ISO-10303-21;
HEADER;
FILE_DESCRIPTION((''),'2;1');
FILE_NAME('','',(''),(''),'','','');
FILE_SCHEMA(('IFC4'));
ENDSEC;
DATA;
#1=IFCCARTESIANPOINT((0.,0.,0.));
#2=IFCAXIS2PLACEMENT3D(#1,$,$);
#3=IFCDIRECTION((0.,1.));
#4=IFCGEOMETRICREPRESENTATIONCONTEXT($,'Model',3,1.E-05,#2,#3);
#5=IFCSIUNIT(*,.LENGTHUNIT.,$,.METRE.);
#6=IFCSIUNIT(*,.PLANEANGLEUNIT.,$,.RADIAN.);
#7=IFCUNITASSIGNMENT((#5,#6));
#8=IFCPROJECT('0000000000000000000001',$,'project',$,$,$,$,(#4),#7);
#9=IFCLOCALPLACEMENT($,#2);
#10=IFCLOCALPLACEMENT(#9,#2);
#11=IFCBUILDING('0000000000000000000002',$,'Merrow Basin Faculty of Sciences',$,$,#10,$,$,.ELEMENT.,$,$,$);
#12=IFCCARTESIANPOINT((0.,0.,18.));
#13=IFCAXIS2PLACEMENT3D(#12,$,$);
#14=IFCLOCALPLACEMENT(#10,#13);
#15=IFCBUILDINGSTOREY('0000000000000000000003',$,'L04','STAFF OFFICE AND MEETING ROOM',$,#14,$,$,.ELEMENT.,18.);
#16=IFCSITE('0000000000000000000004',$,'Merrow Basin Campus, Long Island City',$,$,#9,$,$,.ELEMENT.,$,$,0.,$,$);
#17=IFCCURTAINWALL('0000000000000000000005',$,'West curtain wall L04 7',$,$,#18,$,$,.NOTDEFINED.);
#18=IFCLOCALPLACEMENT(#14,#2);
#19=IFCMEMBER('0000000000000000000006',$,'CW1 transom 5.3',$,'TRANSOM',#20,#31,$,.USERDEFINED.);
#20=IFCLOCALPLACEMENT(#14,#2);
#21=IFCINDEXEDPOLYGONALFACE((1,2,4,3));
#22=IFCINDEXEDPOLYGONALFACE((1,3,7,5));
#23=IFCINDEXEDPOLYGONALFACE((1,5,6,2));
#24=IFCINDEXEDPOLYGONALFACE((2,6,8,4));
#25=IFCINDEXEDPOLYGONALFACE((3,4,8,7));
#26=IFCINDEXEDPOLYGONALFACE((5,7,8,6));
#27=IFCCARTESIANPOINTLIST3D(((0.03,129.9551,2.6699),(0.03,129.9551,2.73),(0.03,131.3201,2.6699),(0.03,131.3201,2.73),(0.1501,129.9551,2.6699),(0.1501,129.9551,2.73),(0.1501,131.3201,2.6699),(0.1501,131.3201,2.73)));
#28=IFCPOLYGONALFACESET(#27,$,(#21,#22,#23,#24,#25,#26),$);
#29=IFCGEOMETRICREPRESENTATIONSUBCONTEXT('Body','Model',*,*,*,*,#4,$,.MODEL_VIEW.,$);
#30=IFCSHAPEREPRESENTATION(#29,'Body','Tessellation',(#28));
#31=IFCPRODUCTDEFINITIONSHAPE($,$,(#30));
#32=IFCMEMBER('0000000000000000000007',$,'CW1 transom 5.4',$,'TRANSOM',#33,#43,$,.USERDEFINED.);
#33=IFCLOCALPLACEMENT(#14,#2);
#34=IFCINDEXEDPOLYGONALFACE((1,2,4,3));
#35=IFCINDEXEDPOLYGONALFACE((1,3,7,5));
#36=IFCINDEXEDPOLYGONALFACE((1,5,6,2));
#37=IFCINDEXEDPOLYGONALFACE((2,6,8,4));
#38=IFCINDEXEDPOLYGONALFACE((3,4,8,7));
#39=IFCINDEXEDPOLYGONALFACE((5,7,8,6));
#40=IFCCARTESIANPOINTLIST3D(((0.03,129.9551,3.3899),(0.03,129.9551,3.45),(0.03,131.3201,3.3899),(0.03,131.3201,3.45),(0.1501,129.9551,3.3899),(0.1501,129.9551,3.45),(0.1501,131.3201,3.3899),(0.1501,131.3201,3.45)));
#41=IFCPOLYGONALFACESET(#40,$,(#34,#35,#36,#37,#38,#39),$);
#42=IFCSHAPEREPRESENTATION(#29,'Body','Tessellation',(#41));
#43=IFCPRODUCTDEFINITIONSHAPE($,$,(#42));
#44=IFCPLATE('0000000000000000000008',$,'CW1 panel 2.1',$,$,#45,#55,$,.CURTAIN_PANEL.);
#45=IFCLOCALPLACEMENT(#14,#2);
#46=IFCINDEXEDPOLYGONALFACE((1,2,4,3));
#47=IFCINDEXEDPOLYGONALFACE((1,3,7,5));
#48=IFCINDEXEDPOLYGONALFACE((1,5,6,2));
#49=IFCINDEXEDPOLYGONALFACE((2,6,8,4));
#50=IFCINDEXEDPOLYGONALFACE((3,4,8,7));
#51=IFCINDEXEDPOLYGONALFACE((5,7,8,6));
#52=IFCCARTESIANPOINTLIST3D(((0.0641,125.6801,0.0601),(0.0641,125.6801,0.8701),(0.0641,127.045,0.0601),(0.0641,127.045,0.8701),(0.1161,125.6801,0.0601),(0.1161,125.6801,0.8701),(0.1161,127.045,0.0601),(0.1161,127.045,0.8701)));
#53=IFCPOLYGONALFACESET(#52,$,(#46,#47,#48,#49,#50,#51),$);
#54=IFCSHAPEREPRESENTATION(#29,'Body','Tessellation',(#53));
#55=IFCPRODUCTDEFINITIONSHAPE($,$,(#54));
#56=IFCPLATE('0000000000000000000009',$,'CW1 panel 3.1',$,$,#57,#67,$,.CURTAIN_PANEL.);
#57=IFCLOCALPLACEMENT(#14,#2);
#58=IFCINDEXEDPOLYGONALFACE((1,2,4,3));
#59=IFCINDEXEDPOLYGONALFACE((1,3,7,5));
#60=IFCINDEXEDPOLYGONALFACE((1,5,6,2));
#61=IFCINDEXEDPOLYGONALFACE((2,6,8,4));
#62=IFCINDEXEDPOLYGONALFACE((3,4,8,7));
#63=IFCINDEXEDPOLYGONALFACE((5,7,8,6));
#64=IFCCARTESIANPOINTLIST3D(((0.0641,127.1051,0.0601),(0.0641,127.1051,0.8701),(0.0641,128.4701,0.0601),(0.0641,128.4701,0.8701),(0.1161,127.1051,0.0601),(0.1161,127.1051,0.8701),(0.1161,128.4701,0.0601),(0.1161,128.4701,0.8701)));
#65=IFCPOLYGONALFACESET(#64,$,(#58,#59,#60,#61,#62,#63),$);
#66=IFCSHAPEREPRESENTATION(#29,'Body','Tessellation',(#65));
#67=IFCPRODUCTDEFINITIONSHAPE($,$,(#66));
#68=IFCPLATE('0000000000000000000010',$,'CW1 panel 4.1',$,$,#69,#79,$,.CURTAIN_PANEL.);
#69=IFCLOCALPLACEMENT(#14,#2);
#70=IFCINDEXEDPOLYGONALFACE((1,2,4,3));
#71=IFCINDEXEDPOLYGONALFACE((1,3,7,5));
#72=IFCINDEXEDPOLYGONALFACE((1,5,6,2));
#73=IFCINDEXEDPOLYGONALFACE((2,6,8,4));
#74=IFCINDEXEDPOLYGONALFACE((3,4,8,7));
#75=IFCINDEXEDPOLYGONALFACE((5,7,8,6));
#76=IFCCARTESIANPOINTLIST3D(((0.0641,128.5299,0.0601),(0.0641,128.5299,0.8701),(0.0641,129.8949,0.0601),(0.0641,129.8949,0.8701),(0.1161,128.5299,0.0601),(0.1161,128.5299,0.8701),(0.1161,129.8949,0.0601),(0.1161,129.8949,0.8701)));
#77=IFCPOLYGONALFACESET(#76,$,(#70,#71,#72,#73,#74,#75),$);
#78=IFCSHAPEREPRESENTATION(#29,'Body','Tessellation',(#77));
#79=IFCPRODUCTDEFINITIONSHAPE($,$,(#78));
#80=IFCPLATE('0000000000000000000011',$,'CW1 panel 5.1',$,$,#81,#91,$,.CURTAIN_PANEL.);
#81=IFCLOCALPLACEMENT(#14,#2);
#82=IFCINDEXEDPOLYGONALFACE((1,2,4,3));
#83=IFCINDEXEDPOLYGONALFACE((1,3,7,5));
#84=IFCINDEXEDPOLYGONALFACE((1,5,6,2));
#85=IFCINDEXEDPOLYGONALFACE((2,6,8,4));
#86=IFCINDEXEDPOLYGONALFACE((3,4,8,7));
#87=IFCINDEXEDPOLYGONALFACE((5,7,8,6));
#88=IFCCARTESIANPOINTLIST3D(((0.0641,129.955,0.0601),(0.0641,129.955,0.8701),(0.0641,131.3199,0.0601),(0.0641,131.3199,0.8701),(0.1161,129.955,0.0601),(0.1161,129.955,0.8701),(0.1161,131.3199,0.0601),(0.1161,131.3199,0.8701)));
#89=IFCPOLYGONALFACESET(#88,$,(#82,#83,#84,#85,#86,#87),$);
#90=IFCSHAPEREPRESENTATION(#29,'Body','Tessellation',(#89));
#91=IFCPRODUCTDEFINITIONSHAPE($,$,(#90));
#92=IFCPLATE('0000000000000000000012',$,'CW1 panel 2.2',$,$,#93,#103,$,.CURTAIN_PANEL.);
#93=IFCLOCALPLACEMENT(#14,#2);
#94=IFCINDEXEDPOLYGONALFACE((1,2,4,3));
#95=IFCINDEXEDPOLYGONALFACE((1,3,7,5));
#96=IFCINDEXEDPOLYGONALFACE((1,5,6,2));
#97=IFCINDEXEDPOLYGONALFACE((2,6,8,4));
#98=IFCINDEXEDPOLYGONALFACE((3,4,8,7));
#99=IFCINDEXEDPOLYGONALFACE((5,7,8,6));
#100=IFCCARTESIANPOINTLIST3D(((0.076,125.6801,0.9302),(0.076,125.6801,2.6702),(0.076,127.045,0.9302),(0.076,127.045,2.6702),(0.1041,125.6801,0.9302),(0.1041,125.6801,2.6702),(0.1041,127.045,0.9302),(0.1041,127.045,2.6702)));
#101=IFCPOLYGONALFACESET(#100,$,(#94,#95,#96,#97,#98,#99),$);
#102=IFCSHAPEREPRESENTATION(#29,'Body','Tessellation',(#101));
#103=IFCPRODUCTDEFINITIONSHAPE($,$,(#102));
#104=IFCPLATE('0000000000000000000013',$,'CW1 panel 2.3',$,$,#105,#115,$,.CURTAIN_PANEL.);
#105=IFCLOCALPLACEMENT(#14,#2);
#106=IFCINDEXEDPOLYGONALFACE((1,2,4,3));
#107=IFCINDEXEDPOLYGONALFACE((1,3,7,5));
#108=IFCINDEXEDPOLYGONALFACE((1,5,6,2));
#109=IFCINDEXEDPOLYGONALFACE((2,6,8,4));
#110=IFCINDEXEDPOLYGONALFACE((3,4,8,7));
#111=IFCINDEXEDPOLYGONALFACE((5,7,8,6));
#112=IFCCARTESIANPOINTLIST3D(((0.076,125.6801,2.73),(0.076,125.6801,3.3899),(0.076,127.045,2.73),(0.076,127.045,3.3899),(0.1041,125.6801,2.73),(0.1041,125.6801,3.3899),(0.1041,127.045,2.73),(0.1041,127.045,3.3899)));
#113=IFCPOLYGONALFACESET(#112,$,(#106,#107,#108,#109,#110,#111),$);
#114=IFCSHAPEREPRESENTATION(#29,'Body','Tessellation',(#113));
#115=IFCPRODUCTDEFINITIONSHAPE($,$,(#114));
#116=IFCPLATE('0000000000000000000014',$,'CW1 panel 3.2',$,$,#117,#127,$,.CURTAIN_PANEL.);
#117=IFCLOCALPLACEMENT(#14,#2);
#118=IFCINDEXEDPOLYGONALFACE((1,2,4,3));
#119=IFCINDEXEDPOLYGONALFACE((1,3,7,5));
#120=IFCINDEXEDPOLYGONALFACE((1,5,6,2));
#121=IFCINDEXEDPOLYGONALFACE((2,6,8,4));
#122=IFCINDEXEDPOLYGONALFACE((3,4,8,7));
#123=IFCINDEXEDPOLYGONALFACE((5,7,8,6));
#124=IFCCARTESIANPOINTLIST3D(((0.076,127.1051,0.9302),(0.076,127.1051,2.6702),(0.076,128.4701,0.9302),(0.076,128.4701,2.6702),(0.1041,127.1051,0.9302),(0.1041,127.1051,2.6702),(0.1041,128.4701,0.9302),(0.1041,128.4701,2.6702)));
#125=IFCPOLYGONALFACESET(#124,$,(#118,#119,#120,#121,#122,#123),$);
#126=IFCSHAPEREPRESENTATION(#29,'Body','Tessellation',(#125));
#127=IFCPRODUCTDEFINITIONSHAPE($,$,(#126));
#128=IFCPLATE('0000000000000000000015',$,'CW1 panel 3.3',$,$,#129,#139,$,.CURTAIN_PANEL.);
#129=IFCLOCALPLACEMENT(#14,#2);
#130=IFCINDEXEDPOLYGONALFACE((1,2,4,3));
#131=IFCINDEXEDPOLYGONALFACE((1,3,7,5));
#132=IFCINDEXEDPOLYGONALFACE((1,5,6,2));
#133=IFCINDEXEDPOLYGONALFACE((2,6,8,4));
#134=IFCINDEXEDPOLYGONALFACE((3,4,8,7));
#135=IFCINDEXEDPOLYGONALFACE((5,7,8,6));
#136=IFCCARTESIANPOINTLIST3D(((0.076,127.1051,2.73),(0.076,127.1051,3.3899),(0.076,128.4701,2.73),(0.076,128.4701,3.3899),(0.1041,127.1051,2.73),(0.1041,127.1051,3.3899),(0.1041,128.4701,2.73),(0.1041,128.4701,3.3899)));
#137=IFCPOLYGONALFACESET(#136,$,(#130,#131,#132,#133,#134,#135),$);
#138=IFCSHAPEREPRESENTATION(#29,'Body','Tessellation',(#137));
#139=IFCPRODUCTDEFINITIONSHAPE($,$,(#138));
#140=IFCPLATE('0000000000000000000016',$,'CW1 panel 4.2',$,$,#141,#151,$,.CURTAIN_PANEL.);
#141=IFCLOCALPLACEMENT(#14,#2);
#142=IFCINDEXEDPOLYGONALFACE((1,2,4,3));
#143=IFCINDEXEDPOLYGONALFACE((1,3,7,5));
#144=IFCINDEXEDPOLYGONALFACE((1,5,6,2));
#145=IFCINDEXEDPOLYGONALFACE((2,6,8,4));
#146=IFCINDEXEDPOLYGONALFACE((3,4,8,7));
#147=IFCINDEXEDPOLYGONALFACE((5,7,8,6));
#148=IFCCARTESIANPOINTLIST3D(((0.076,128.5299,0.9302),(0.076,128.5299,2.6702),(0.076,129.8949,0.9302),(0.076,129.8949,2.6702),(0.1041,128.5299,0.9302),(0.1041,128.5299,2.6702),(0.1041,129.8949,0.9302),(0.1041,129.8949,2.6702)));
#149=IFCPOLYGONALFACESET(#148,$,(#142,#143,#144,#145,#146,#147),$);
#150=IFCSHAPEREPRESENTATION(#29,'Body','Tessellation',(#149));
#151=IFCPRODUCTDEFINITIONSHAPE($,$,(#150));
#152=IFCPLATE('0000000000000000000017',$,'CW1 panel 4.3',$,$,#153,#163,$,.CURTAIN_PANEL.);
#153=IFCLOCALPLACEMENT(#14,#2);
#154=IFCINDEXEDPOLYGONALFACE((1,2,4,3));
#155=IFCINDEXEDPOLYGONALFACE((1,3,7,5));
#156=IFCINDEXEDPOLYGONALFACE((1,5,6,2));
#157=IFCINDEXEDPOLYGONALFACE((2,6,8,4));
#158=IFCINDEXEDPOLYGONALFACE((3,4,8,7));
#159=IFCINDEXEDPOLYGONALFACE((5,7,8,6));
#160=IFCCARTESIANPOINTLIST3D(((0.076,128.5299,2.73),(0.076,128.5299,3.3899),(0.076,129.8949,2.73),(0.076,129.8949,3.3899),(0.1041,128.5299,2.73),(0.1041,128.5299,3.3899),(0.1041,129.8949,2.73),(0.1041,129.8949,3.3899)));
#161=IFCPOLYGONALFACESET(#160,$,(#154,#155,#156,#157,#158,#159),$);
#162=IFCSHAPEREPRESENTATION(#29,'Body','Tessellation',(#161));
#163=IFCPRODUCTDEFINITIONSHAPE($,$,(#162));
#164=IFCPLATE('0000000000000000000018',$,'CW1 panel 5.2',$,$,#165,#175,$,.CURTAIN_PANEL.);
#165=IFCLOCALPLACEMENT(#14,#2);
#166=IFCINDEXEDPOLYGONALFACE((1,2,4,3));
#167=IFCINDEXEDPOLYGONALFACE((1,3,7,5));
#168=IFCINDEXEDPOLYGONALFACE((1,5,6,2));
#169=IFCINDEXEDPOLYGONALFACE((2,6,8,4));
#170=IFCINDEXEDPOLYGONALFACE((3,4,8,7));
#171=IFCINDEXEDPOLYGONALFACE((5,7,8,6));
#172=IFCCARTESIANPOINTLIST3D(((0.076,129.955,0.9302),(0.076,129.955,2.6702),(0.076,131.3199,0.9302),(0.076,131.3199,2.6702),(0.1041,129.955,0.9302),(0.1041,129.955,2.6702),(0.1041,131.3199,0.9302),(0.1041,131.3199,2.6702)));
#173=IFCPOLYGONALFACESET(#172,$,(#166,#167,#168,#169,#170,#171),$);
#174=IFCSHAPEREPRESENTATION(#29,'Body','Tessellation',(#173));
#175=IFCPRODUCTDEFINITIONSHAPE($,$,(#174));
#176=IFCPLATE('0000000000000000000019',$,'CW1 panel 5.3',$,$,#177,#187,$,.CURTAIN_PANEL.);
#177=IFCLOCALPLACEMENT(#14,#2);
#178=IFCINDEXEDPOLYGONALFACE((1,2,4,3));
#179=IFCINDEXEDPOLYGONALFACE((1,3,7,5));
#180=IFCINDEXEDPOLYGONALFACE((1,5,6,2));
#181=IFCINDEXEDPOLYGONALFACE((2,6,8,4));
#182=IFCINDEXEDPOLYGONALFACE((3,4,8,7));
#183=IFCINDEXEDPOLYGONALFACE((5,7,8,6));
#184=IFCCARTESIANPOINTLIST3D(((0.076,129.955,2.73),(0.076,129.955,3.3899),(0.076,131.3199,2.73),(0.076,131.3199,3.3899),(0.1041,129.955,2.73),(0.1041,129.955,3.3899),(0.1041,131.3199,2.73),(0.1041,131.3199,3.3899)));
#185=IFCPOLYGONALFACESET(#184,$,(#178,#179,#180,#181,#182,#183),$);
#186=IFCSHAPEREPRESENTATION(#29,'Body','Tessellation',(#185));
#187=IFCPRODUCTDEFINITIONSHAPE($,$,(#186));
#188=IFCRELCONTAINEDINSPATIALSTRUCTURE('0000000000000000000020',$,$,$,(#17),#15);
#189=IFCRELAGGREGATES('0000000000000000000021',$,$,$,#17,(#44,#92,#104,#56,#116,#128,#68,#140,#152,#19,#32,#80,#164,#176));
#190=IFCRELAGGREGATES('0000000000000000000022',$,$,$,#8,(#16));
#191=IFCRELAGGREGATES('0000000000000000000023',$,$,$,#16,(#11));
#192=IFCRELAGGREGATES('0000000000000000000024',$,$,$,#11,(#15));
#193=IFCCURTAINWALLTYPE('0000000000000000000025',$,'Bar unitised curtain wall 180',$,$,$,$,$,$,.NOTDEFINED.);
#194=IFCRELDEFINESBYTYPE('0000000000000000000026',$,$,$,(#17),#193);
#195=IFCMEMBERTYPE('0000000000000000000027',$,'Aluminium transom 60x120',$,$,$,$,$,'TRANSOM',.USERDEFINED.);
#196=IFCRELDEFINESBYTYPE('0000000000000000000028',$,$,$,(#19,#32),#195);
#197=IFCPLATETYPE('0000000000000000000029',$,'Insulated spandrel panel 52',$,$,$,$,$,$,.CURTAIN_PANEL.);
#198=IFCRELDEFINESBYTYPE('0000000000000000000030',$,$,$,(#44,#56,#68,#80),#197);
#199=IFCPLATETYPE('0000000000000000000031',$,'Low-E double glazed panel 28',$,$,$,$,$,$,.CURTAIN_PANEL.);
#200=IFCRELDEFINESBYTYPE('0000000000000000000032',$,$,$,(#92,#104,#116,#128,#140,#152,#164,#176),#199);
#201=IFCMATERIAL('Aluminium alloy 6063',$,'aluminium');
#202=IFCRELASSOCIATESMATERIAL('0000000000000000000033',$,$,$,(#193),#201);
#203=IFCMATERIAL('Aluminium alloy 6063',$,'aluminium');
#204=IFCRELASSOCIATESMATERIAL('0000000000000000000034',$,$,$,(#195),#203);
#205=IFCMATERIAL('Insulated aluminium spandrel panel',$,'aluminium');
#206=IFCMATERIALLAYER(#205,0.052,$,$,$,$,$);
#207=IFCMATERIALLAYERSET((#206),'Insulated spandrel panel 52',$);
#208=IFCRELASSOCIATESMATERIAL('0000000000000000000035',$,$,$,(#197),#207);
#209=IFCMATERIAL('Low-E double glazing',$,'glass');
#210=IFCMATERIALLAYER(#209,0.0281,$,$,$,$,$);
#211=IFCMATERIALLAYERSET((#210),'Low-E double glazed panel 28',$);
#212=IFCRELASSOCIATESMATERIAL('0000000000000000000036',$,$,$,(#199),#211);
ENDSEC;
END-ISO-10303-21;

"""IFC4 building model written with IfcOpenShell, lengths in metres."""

from ifc_helpers import new_model, si_unit, direction, frame, origin, origin_2d, place, context, subcontext, project, spatial, rectangle, extrude, material, layer, layer_set, material_profile, profile_set, type_object, element, aggregate, save


model = new_model("IFC4")

# Units and contexts
model_context = context("Model", 3, precision=1e-05, world=origin(), true_north=direction((0.0, 1.0)))
body_context = subcontext(model_context, "Body", "Model", "MODEL_VIEW")
ifc_project = project(units=[si_unit("LENGTHUNIT", "METRE"), si_unit("PLANEANGLEUNIT", "RADIAN")], contexts=[model_context])

# Site, building, storey
site_placement = place(None, origin())
site = spatial("IfcSite", under=ifc_project, at=site_placement, Name="Merrow Basin Campus, Long Island City", CompositionType="ELEMENT", RefElevation=0.0)
building_placement = place(site_placement, origin())
building = spatial("IfcBuilding", under=site, at=building_placement, Name="Merrow Basin Faculty of Sciences", CompositionType="ELEMENT")
storey_placement = place(building_placement, frame((0.0, 0.0, 18.0)))
storey = spatial("IfcBuildingStorey", under=building, at=storey_placement, Name="L04", Description="STAFF OFFICE AND MEETING ROOM", CompositionType="ELEMENT", Elevation=18.0)

# Curtain wall, members, plates
ifc_material_1 = material(Name="Aluminium alloy 6063", Category="aluminium")
curtain_wall_type = type_object("IfcCurtainWallType", Name="Bar unitised curtain wall 180", PredefinedType="NOTDEFINED", material=ifc_material_1)
curtain_wall_placement = place(storey_placement, origin())
curtain_wall = element("IfcCurtainWall", 1, at=curtain_wall_placement, inside=storey, type_object=curtain_wall_type, Name="West curtain wall L04 7", PredefinedType="NOTDEFINED")
ifc_material_2 = material(Name="Aluminium alloy 6063", Category="aluminium")
ifc_material_profile_1 = material_profile(ifc_material_2, rectangle(XDim=0.1201, YDim=0.0601, at=origin_2d()))
ifc_profile_set_1 = profile_set([ifc_material_profile_1], Name="Aluminium alloy 6063")
member_type_1 = type_object("IfcMemberType", Name="Aluminium transom 60x120", ElementType="TRANSOM", PredefinedType="USERDEFINED", material=ifc_profile_set_1)
member_1_placement = place(storey_placement, frame((0.0901, 129.9551, 2.7), z_axis=(0.0, 1.0, 0.0), x_axis=(-1.0, 0.0, 0.0)))
member_1 = element("IfcMember", 2, at=member_1_placement, type_object=member_type_1, Name="CW1 transom 5.3", ObjectType="TRANSOM", PredefinedType="USERDEFINED", context=body_context, shape_type="SweptSolid", body=[
    extrude(rectangle(XDim=0.1201, YDim=0.0601, at=origin_2d()), origin(), (0.0, 0.0, 1.0), 1.365),
])
member_2_placement = place(storey_placement, frame((0.0901, 129.9551, 3.4199), z_axis=(0.0, 1.0, 0.0), x_axis=(-1.0, 0.0, 0.0)))
member_2 = element("IfcMember", 3, at=member_2_placement, type_object=member_type_1, Name="CW1 transom 5.4", ObjectType="TRANSOM", PredefinedType="USERDEFINED", context=body_context, shape_type="SweptSolid", body=[
    extrude(rectangle(XDim=0.1201, YDim=0.0601, at=origin_2d()), origin(), (0.0, 0.0, 1.0), 1.365),
])
ifc_material_3 = material(Name="Insulated aluminium spandrel panel", Category="aluminium")
ifc_layer_1 = layer(ifc_material_3, 0.052)
ifc_layer_set_1 = layer_set([ifc_layer_1], Name="Insulated spandrel panel 52")
plate_type_1 = type_object("IfcPlateType", Name="Insulated spandrel panel 52", PredefinedType="CURTAIN_PANEL", material=ifc_layer_set_1)
plate_1_placement = place(storey_placement, frame((0.0901, 126.3625, 0.0601), z_axis=(0.0, 0.0, 1.0), x_axis=(0.0, 1.0, 0.0)))
plate_1 = element("IfcPlate", 4, at=plate_1_placement, type_object=plate_type_1, Name="CW1 panel 2.1", PredefinedType="CURTAIN_PANEL", context=body_context, shape_type="SweptSolid", body=[
    extrude(rectangle(XDim=1.365, YDim=0.052, at=origin_2d()), origin(), (0.0, 0.0, 1.0), 0.8101),
])
plate_2_placement = place(storey_placement, frame((0.0901, 127.7876, 0.0601), z_axis=(0.0, 0.0, 1.0), x_axis=(0.0, 1.0, 0.0)))
plate_2 = element("IfcPlate", 5, at=plate_2_placement, type_object=plate_type_1, Name="CW1 panel 3.1", PredefinedType="CURTAIN_PANEL", context=body_context, shape_type="SweptSolid", body=[
    extrude(rectangle(XDim=1.365, YDim=0.052, at=origin_2d()), origin(), (0.0, 0.0, 1.0), 0.8101),
])
plate_3_placement = place(storey_placement, frame((0.0901, 129.2124, 0.0601), z_axis=(0.0, 0.0, 1.0), x_axis=(0.0, 1.0, 0.0)))
plate_3 = element("IfcPlate", 6, at=plate_3_placement, type_object=plate_type_1, Name="CW1 panel 4.1", PredefinedType="CURTAIN_PANEL", context=body_context, shape_type="SweptSolid", body=[
    extrude(rectangle(XDim=1.365, YDim=0.052, at=origin_2d()), origin(), (0.0, 0.0, 1.0), 0.8101),
])
plate_4_placement = place(storey_placement, frame((0.0901, 130.6375, 0.0601), z_axis=(0.0, 0.0, 1.0), x_axis=(0.0, 1.0, 0.0)))
plate_4 = element("IfcPlate", 7, at=plate_4_placement, type_object=plate_type_1, Name="CW1 panel 5.1", PredefinedType="CURTAIN_PANEL", context=body_context, shape_type="SweptSolid", body=[
    extrude(rectangle(XDim=1.365, YDim=0.052, at=origin_2d()), origin(), (0.0, 0.0, 1.0), 0.8101),
])
ifc_material_4 = material(Name="Low-E double glazing", Category="glass")
ifc_layer_2 = layer(ifc_material_4, 0.0281)
ifc_layer_set_2 = layer_set([ifc_layer_2], Name="Low-E double glazed panel 28")
plate_type_2 = type_object("IfcPlateType", Name="Low-E double glazed panel 28", PredefinedType="CURTAIN_PANEL", material=ifc_layer_set_2)
plate_5_placement = place(storey_placement, frame((0.0901, 126.3625, 0.9302), z_axis=(0.0, 0.0, 1.0), x_axis=(0.0, 1.0, 0.0)))
plate_5 = element("IfcPlate", 8, at=plate_5_placement, type_object=plate_type_2, Name="CW1 panel 2.2", PredefinedType="CURTAIN_PANEL", context=body_context, shape_type="SweptSolid", body=[
    extrude(rectangle(XDim=1.365, YDim=0.0281, at=origin_2d()), origin(), (0.0, 0.0, 1.0), 1.74),
])
plate_6_placement = place(storey_placement, frame((0.0901, 126.3625, 2.73), z_axis=(0.0, 0.0, 1.0), x_axis=(0.0, 1.0, 0.0)))
plate_6 = element("IfcPlate", 9, at=plate_6_placement, type_object=plate_type_2, Name="CW1 panel 2.3", PredefinedType="CURTAIN_PANEL", context=body_context, shape_type="SweptSolid", body=[
    extrude(rectangle(XDim=1.365, YDim=0.0281, at=origin_2d()), origin(), (0.0, 0.0, 1.0), 0.6599),
])
plate_7_placement = place(storey_placement, frame((0.0901, 127.7876, 0.9302), z_axis=(0.0, 0.0, 1.0), x_axis=(0.0, 1.0, 0.0)))
plate_7 = element("IfcPlate", 10, at=plate_7_placement, type_object=plate_type_2, Name="CW1 panel 3.2", PredefinedType="CURTAIN_PANEL", context=body_context, shape_type="SweptSolid", body=[
    extrude(rectangle(XDim=1.365, YDim=0.0281, at=origin_2d()), origin(), (0.0, 0.0, 1.0), 1.74),
])
plate_8_placement = place(storey_placement, frame((0.0901, 127.7876, 2.73), z_axis=(0.0, 0.0, 1.0), x_axis=(0.0, 1.0, 0.0)))
plate_8 = element("IfcPlate", 11, at=plate_8_placement, type_object=plate_type_2, Name="CW1 panel 3.3", PredefinedType="CURTAIN_PANEL", context=body_context, shape_type="SweptSolid", body=[
    extrude(rectangle(XDim=1.365, YDim=0.0281, at=origin_2d()), origin(), (0.0, 0.0, 1.0), 0.6599),
])
plate_9_placement = place(storey_placement, frame((0.0901, 129.2124, 0.9302), z_axis=(0.0, 0.0, 1.0), x_axis=(0.0, 1.0, 0.0)))
plate_9 = element("IfcPlate", 12, at=plate_9_placement, type_object=plate_type_2, Name="CW1 panel 4.2", PredefinedType="CURTAIN_PANEL", context=body_context, shape_type="SweptSolid", body=[
    extrude(rectangle(XDim=1.365, YDim=0.0281, at=origin_2d()), origin(), (0.0, 0.0, 1.0), 1.74),
])
plate_10_placement = place(storey_placement, frame((0.0901, 129.2124, 2.73), z_axis=(0.0, 0.0, 1.0), x_axis=(0.0, 1.0, 0.0)))
plate_10 = element("IfcPlate", 13, at=plate_10_placement, type_object=plate_type_2, Name="CW1 panel 4.3", PredefinedType="CURTAIN_PANEL", context=body_context, shape_type="SweptSolid", body=[
    extrude(rectangle(XDim=1.365, YDim=0.0281, at=origin_2d()), origin(), (0.0, 0.0, 1.0), 0.6599),
])
plate_11_placement = place(storey_placement, frame((0.0901, 130.6375, 0.9302), z_axis=(0.0, 0.0, 1.0), x_axis=(0.0, 1.0, 0.0)))
plate_11 = element("IfcPlate", 14, at=plate_11_placement, type_object=plate_type_2, Name="CW1 panel 5.2", PredefinedType="CURTAIN_PANEL", context=body_context, shape_type="SweptSolid", body=[
    extrude(rectangle(XDim=1.365, YDim=0.0281, at=origin_2d()), origin(), (0.0, 0.0, 1.0), 1.74),
])
plate_12_placement = place(storey_placement, frame((0.0901, 130.6375, 2.73), z_axis=(0.0, 0.0, 1.0), x_axis=(0.0, 1.0, 0.0)))
plate_12 = element("IfcPlate", 15, at=plate_12_placement, type_object=plate_type_2, Name="CW1 panel 5.3", PredefinedType="CURTAIN_PANEL", context=body_context, shape_type="SweptSolid", body=[
    extrude(rectangle(XDim=1.365, YDim=0.0281, at=origin_2d()), origin(), (0.0, 0.0, 1.0), 0.6599),
])
aggregate(curtain_wall, [plate_1, plate_5, plate_6, plate_2, plate_7, plate_8, plate_3, plate_9, plate_10, member_1, member_2, plate_4, plate_11, plate_12])

save(model, "model.ifc")
